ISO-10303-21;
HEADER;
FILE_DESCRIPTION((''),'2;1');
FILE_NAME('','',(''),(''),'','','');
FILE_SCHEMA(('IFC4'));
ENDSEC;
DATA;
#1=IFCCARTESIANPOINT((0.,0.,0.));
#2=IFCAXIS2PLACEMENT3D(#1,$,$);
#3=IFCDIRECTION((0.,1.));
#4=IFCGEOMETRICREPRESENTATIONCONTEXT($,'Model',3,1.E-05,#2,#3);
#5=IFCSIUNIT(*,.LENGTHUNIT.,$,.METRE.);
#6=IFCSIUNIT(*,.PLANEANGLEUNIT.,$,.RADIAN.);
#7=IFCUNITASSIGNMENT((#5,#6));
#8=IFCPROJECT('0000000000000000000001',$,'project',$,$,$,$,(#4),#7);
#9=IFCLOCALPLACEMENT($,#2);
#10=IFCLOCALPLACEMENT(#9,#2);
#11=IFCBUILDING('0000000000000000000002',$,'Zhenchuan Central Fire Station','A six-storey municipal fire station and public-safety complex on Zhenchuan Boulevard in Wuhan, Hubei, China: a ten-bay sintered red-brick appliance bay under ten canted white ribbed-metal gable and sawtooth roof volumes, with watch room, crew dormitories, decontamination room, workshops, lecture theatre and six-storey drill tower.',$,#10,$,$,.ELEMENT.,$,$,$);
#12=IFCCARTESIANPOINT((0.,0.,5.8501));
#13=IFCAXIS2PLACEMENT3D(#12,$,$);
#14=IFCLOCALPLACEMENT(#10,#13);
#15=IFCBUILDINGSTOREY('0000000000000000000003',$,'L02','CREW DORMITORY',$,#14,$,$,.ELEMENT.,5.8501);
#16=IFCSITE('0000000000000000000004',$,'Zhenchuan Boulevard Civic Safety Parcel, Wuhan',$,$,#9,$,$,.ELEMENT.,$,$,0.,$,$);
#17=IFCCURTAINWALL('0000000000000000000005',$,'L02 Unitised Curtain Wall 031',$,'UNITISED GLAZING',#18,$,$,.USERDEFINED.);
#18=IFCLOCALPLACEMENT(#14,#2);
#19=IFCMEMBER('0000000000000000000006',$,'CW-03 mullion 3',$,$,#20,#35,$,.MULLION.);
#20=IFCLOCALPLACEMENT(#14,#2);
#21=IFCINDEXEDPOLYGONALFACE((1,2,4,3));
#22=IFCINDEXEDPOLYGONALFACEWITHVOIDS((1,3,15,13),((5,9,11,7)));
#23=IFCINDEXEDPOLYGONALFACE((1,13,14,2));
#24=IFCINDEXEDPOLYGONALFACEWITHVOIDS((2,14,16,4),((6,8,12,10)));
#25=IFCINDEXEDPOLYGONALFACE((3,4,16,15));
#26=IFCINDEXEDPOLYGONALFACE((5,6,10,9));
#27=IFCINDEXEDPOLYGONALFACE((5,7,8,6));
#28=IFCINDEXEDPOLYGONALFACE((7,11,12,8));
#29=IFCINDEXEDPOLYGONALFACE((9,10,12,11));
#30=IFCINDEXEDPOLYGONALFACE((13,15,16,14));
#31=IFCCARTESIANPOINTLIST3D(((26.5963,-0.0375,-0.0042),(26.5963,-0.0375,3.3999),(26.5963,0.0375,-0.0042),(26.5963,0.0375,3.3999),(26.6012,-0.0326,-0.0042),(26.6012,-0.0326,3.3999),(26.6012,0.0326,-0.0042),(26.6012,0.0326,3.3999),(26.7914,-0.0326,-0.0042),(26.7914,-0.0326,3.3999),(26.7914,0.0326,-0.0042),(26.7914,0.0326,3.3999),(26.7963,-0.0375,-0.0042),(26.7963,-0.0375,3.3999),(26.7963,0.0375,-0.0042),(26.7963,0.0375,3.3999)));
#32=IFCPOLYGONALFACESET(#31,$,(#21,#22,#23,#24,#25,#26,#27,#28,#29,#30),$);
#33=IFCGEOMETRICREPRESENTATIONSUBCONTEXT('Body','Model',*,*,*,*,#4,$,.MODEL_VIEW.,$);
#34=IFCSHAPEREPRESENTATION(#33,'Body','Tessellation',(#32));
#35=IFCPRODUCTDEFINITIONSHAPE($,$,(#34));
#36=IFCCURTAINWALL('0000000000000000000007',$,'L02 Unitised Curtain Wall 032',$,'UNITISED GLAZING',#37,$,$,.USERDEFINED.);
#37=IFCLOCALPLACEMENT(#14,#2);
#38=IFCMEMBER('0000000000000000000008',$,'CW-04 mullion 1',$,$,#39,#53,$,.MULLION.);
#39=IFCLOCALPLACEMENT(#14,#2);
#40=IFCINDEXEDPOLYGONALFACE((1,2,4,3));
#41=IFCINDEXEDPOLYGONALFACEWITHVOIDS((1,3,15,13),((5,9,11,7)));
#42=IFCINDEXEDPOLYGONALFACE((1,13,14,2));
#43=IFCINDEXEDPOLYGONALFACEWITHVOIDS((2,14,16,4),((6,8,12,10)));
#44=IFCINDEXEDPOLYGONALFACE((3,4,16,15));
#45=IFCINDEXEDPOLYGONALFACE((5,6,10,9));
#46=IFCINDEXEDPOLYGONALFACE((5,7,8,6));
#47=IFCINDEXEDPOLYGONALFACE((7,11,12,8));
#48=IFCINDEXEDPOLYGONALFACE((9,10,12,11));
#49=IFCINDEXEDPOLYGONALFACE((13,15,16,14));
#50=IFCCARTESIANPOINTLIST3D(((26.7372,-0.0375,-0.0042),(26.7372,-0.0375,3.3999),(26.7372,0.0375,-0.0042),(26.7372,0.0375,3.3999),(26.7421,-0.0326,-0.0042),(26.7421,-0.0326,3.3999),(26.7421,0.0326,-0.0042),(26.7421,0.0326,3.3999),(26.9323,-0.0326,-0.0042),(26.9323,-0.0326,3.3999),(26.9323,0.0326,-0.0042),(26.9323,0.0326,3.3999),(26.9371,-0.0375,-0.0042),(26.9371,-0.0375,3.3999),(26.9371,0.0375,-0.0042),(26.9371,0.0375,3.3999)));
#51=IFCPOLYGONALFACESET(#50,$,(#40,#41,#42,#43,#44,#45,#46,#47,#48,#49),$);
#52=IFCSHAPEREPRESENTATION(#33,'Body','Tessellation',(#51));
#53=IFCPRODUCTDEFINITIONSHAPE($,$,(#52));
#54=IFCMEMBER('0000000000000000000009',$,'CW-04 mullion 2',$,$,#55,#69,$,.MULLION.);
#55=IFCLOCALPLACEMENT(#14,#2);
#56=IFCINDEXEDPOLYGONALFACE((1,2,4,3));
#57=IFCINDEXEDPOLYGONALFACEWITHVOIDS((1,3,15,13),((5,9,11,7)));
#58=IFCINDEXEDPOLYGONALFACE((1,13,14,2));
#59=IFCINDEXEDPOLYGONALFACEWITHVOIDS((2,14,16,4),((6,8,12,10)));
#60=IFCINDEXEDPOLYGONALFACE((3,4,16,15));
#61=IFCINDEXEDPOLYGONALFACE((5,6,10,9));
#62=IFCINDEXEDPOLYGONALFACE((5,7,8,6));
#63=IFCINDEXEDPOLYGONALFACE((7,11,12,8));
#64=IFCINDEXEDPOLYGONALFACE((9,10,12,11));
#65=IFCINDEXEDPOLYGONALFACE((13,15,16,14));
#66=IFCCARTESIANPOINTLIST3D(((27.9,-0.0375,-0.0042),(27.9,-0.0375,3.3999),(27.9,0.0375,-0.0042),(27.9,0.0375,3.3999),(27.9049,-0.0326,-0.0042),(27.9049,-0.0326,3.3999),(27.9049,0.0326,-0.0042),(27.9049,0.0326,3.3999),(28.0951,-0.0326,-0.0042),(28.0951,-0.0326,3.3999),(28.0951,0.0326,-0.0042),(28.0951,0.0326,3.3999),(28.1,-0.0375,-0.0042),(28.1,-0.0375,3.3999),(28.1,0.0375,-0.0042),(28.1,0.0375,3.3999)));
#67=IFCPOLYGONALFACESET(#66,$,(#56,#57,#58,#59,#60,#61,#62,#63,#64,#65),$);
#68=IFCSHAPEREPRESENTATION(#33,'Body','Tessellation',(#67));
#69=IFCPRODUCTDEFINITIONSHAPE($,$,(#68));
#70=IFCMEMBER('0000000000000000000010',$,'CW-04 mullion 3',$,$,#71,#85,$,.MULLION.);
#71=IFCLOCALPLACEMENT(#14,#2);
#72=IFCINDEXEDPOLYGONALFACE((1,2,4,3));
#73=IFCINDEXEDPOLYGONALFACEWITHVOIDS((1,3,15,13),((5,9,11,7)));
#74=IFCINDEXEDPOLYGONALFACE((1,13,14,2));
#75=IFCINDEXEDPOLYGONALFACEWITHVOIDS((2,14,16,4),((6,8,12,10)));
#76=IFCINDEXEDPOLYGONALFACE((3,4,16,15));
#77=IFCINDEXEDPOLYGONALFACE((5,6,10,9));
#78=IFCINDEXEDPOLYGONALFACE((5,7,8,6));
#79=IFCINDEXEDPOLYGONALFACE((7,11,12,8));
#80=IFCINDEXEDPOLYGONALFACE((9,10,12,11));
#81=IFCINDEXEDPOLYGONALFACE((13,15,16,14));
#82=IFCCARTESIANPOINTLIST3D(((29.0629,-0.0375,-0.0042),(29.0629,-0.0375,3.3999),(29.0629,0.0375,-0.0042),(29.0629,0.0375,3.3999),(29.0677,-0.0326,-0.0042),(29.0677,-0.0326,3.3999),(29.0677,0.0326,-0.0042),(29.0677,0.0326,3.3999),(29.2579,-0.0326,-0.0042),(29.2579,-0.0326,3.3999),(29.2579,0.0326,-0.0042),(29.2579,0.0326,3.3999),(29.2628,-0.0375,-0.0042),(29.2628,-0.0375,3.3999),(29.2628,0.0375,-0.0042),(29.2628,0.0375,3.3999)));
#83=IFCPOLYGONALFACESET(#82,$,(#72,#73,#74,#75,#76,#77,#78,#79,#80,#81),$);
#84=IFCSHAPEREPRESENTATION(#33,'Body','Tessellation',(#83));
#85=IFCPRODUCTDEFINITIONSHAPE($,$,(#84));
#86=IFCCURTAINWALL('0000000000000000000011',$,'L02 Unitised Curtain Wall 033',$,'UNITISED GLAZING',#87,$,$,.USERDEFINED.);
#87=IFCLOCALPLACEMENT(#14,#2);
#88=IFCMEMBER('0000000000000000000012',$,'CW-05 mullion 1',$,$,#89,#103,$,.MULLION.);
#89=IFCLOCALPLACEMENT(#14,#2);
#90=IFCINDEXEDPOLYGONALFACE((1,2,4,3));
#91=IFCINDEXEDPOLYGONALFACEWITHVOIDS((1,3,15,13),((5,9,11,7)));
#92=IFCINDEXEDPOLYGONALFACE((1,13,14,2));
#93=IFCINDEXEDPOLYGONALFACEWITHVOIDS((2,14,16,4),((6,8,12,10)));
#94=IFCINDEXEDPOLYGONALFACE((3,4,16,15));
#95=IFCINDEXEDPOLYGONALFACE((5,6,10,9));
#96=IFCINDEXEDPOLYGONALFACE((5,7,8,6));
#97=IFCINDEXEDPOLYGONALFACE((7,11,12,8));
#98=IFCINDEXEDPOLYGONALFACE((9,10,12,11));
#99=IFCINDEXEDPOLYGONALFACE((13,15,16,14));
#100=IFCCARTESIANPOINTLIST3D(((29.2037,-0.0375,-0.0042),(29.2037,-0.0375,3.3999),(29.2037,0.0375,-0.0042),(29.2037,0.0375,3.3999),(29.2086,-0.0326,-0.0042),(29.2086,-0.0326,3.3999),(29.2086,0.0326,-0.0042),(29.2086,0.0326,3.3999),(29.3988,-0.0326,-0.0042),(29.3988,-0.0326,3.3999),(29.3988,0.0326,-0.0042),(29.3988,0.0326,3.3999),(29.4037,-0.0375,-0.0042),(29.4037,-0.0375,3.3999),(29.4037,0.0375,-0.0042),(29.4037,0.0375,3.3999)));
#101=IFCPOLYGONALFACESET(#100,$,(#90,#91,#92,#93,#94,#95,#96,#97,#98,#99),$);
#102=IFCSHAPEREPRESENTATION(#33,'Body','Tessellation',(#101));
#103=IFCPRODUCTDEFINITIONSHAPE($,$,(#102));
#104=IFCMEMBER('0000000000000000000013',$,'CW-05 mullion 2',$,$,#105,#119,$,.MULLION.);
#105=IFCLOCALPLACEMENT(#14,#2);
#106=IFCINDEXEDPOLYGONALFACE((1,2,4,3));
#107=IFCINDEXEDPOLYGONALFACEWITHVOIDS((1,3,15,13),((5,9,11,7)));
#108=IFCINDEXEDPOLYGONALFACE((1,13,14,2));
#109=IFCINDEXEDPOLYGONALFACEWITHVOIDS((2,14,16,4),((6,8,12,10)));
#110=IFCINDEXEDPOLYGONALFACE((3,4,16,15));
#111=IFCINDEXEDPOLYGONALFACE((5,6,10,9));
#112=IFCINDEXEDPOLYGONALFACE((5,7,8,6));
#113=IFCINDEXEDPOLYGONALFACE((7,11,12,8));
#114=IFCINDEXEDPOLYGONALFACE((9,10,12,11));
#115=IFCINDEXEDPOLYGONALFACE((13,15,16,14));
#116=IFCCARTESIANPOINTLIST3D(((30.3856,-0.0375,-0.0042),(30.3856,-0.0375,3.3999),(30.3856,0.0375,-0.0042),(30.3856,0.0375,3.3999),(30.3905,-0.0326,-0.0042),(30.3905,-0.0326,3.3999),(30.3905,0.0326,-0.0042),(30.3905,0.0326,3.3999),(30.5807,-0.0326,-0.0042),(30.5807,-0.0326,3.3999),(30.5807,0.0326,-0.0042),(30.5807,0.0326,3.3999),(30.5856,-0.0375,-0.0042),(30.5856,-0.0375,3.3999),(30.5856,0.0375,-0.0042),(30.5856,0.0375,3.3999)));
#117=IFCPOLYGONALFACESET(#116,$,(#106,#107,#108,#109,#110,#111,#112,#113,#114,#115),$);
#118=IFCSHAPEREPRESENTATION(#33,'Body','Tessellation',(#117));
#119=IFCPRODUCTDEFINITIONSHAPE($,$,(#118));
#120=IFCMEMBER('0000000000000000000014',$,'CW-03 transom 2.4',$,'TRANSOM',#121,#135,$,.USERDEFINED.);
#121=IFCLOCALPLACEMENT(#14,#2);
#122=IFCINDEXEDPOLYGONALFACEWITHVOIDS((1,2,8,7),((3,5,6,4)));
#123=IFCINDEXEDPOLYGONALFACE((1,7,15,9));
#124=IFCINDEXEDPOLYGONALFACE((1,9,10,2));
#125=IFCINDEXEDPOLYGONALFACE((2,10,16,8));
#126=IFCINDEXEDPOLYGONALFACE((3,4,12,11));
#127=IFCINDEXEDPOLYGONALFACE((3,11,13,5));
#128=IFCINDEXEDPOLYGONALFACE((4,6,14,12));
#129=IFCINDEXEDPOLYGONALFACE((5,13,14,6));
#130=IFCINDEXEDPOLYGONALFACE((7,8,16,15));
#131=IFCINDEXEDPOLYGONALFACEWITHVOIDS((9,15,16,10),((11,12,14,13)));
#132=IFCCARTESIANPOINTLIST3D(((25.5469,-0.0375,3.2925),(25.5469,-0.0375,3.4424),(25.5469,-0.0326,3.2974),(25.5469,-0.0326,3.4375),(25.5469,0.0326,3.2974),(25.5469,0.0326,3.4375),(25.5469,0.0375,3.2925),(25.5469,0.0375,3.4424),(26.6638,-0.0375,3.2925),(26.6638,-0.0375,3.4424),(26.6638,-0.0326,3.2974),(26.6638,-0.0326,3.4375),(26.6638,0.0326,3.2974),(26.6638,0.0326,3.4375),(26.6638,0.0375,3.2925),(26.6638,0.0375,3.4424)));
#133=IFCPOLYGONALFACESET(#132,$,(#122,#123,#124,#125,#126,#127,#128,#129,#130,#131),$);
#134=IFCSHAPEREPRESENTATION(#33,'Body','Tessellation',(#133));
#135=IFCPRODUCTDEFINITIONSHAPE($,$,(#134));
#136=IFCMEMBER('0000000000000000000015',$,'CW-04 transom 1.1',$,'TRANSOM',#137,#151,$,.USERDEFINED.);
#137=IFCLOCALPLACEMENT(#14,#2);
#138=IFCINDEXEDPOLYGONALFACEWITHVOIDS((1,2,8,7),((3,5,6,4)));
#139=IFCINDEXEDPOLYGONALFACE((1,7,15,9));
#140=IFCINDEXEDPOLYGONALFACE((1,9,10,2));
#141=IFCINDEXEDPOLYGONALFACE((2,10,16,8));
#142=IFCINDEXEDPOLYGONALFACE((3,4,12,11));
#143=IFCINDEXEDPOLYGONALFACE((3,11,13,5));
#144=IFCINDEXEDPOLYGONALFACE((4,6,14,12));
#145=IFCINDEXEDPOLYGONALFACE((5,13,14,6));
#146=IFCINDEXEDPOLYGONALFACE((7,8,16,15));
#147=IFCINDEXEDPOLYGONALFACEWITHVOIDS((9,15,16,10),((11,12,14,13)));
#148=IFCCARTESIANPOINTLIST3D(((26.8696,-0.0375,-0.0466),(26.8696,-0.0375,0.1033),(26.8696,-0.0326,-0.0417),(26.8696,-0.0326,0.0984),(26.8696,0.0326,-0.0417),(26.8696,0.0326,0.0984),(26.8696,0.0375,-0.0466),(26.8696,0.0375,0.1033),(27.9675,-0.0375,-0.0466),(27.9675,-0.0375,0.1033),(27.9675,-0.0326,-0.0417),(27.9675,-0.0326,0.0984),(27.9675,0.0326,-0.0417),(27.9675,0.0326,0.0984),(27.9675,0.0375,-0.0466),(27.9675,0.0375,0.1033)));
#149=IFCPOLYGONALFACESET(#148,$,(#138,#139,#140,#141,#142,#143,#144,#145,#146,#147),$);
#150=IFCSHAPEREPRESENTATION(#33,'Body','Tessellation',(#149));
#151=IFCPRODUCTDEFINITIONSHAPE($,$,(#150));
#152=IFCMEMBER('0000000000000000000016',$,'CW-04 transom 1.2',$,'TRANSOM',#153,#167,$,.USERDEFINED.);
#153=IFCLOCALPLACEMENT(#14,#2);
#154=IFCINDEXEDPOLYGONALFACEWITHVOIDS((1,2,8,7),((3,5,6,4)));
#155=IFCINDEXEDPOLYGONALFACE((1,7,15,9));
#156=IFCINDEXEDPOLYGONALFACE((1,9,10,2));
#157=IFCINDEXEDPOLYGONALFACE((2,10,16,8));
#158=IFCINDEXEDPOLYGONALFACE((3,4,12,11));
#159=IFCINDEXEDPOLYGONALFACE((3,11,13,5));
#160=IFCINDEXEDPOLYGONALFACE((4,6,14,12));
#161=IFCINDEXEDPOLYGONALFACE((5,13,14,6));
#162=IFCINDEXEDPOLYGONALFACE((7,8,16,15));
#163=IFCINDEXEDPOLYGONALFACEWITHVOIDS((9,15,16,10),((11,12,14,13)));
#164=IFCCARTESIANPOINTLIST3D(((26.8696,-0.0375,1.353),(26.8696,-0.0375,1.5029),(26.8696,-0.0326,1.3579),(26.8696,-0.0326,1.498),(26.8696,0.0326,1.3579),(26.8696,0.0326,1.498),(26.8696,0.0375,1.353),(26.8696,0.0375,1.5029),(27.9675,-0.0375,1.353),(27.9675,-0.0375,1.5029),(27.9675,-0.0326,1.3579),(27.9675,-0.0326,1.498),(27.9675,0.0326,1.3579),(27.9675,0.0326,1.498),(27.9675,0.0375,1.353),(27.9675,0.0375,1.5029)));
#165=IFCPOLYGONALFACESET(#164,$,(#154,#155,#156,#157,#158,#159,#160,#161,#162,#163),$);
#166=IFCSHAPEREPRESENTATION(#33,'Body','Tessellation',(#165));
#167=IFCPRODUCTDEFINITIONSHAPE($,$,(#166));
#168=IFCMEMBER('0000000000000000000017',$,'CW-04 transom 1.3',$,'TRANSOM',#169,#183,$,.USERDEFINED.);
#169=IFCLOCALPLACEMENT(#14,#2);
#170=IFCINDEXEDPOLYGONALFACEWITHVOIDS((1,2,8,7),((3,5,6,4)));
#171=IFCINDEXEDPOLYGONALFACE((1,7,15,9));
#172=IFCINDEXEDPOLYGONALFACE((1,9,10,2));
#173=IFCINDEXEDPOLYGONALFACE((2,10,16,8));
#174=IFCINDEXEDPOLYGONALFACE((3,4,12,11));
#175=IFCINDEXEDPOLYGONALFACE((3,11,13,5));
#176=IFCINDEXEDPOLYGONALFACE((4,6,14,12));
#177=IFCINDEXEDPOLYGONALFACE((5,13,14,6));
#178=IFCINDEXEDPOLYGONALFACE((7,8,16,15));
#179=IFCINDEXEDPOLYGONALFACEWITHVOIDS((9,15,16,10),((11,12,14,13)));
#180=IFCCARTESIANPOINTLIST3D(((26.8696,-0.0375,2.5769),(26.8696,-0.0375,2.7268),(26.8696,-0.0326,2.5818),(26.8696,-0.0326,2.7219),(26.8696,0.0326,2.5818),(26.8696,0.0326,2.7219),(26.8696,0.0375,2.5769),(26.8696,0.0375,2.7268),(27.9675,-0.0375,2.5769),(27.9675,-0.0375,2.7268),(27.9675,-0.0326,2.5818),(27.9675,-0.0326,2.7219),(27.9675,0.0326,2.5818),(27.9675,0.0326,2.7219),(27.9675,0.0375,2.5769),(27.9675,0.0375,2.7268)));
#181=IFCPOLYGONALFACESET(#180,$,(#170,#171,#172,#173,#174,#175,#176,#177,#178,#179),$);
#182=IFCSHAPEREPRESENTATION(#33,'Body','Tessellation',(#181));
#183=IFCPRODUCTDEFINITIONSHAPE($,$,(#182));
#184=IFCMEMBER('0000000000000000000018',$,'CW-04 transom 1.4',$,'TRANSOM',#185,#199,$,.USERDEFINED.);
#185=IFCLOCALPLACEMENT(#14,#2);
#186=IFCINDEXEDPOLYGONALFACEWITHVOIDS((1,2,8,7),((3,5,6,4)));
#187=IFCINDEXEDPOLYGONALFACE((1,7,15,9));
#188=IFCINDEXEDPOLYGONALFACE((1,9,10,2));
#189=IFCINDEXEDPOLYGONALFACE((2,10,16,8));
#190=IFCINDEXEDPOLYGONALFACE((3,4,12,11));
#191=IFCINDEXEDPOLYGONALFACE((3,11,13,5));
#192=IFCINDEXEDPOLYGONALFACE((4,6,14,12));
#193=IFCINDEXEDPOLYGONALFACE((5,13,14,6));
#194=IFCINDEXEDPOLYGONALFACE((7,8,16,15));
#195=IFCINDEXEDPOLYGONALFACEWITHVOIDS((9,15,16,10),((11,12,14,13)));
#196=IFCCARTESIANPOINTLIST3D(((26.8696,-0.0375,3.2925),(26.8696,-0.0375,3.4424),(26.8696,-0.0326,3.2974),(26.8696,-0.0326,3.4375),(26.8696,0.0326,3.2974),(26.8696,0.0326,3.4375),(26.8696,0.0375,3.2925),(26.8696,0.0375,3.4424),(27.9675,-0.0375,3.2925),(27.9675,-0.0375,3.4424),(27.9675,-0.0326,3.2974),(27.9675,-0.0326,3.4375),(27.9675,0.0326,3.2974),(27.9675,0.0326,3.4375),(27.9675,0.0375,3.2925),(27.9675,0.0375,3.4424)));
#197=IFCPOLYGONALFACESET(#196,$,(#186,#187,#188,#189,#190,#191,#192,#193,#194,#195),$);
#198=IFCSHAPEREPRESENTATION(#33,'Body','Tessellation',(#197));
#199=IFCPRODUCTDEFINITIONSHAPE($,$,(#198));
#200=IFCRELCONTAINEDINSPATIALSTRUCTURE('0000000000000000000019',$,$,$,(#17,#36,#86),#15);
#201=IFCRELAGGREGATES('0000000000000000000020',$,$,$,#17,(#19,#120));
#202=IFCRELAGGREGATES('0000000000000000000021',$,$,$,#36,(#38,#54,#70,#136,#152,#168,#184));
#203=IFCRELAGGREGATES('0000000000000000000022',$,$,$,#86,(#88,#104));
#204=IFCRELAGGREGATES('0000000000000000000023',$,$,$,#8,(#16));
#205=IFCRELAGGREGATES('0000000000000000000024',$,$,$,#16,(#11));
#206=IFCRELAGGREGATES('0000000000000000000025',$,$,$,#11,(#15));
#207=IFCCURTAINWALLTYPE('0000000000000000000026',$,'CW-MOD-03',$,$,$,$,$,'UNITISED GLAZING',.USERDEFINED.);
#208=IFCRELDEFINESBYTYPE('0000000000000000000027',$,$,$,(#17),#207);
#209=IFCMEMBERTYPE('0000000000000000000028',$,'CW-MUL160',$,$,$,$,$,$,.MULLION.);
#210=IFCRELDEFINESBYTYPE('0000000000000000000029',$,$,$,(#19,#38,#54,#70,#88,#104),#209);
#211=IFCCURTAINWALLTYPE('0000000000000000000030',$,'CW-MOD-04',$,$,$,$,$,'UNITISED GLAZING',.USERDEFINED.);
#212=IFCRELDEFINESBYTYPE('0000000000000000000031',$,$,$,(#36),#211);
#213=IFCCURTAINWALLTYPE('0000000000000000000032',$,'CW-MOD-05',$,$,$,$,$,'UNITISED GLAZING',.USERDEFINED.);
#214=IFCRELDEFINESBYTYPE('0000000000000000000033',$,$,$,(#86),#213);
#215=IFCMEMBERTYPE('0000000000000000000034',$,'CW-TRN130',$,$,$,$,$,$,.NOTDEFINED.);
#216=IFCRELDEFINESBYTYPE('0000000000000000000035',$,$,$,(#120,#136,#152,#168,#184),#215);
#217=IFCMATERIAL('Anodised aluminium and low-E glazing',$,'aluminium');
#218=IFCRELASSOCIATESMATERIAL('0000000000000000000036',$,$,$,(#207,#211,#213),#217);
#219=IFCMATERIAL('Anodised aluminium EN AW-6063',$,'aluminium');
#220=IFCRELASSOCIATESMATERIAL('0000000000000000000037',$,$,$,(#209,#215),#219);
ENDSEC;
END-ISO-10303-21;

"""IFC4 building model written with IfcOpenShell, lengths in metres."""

from ifc_helpers import new_model, si_unit, direction, frame, origin, origin_2d, place, context, subcontext, project, spatial, hollow_rectangle, extrude, material, material_profile, profile_set, type_object, element, aggregate, save


model = new_model("IFC4")

# Units and contexts
model_context = context("Model", 3, precision=1e-05, world=origin(), true_north=direction((0.0, 1.0)))
body_context = subcontext(model_context, "Body", "Model", "MODEL_VIEW")
ifc_project = project(units=[si_unit("LENGTHUNIT", "METRE"), si_unit("PLANEANGLEUNIT", "RADIAN")], contexts=[model_context])

# Site, building, storey
site_placement = place(None, origin())
site = spatial("IfcSite", under=ifc_project, at=site_placement, Name="Zhenchuan Boulevard Civic Safety Parcel, Wuhan", CompositionType="ELEMENT", RefElevation=0.0)
building_placement = place(site_placement, origin())
building = spatial("IfcBuilding", under=site, at=building_placement, Name="Zhenchuan Central Fire Station", Description="A six-storey municipal fire station and public-safety complex on Zhenchuan Boulevard in Wuhan, Hubei, China: a ten-bay sintered red-brick appliance bay under ten canted white ribbed-metal gable and sawtooth roof volumes, with watch room, crew dormitories, decontamination room, workshops, lecture theatre and six-storey drill tower.", CompositionType="ELEMENT")
storey_placement = place(building_placement, frame((0.0, 0.0, 5.8501)))
storey = spatial("IfcBuildingStorey", under=building, at=storey_placement, Name="L02", Description="CREW DORMITORY", CompositionType="ELEMENT", Elevation=5.8501)

# Curtain wall, member
ifc_material_1 = material(Name="Anodised aluminium and low-E glazing", Category="aluminium")
curtain_wall_type_1 = type_object("IfcCurtainWallType", Name="CW-MOD-03", ElementType="UNITISED GLAZING", PredefinedType="USERDEFINED", material=ifc_material_1)
curtain_wall_1_placement = place(storey_placement, origin())
curtain_wall_1 = element("IfcCurtainWall", 1, at=curtain_wall_1_placement, inside=storey, type_object=curtain_wall_type_1, Name="L02 Unitised Curtain Wall 031", ObjectType="UNITISED GLAZING", PredefinedType="USERDEFINED")
ifc_material_2 = material(Name="Anodised aluminium EN AW-6063", Category="aluminium")
ifc_material_profile_1 = material_profile(ifc_material_2, hollow_rectangle(XDim=0.075, YDim=0.2, WallThickness=0.0049, at=origin_2d()), Name="ALU-M 200x75")
ifc_profile_set_1 = profile_set([ifc_material_profile_1], Name="Anodised aluminium EN AW-6063")
member_type_1 = type_object("IfcMemberType", Name="CW-MUL160", PredefinedType="MULLION", material=ifc_profile_set_1)
member_1_placement = place(storey_placement, frame((26.6963, 0.0, -0.0042), z_axis=(0.0, 0.0, 1.0), x_axis=(0.0, 1.0, 0.0)))
member_1 = element("IfcMember", 2, at=member_1_placement, type_object=member_type_1, Name="CW-03 mullion 3", PredefinedType="MULLION", context=body_context, shape_type="SweptSolid", body=[
    extrude(hollow_rectangle(XDim=0.075, YDim=0.2, WallThickness=0.0049, at=origin_2d()), origin(), (0.0, 0.0, 1.0), 3.4041),
])

# Curtain walls, members
curtain_wall_type_2 = type_object("IfcCurtainWallType", Name="CW-MOD-04", ElementType="UNITISED GLAZING", PredefinedType="USERDEFINED", material=ifc_material_1)
curtain_wall_2_placement = place(storey_placement, origin())
curtain_wall_2 = element("IfcCurtainWall", 3, at=curtain_wall_2_placement, inside=storey, type_object=curtain_wall_type_2, Name="L02 Unitised Curtain Wall 032", ObjectType="UNITISED GLAZING", PredefinedType="USERDEFINED")
member_2_placement = place(storey_placement, frame((26.8372, 0.0, -0.0042), z_axis=(0.0, 0.0, 1.0), x_axis=(0.0, 1.0, 0.0)))
member_2 = element("IfcMember", 4, at=member_2_placement, type_object=member_type_1, Name="CW-04 mullion 1", PredefinedType="MULLION", context=body_context, shape_type="SweptSolid", body=[
    extrude(hollow_rectangle(XDim=0.075, YDim=0.2, WallThickness=0.0049, at=origin_2d()), origin(), (0.0, 0.0, 1.0), 3.4041),
])
member_3_placement = place(storey_placement, frame((28.0, 0.0, -0.0042), z_axis=(0.0, 0.0, 1.0), x_axis=(0.0, 1.0, 0.0)))
member_3 = element("IfcMember", 5, at=member_3_placement, type_object=member_type_1, Name="CW-04 mullion 2", PredefinedType="MULLION", context=body_context, shape_type="SweptSolid", body=[
    extrude(hollow_rectangle(XDim=0.075, YDim=0.2, WallThickness=0.0049, at=origin_2d()), origin(), (0.0, 0.0, 1.0), 3.4041),
])
member_4_placement = place(storey_placement, frame((29.1628, 0.0, -0.0042), z_axis=(0.0, 0.0, 1.0), x_axis=(0.0, 1.0, 0.0)))
member_4 = element("IfcMember", 6, at=member_4_placement, type_object=member_type_1, Name="CW-04 mullion 3", PredefinedType="MULLION", context=body_context, shape_type="SweptSolid", body=[
    extrude(hollow_rectangle(XDim=0.075, YDim=0.2, WallThickness=0.0049, at=origin_2d()), origin(), (0.0, 0.0, 1.0), 3.4041),
])
curtain_wall_type_3 = type_object("IfcCurtainWallType", Name="CW-MOD-05", ElementType="UNITISED GLAZING", PredefinedType="USERDEFINED", material=ifc_material_1)
curtain_wall_3_placement = place(storey_placement, origin())
curtain_wall_3 = element("IfcCurtainWall", 7, at=curtain_wall_3_placement, inside=storey, type_object=curtain_wall_type_3, Name="L02 Unitised Curtain Wall 033", ObjectType="UNITISED GLAZING", PredefinedType="USERDEFINED")
member_5_placement = place(storey_placement, frame((29.3037, 0.0, -0.0042), z_axis=(0.0, 0.0, 1.0), x_axis=(0.0, 1.0, 0.0)))
member_5 = element("IfcMember", 8, at=member_5_placement, type_object=member_type_1, Name="CW-05 mullion 1", PredefinedType="MULLION", context=body_context, shape_type="SweptSolid", body=[
    extrude(hollow_rectangle(XDim=0.075, YDim=0.2, WallThickness=0.0049, at=origin_2d()), origin(), (0.0, 0.0, 1.0), 3.4041),
])
member_6_placement = place(storey_placement, frame((30.4856, 0.0, -0.0042), z_axis=(0.0, 0.0, 1.0), x_axis=(0.0, 1.0, 0.0)))
member_6 = element("IfcMember", 9, at=member_6_placement, type_object=member_type_1, Name="CW-05 mullion 2", PredefinedType="MULLION", context=body_context, shape_type="SweptSolid", body=[
    extrude(hollow_rectangle(XDim=0.075, YDim=0.2, WallThickness=0.0049, at=origin_2d()), origin(), (0.0, 0.0, 1.0), 3.4041),
])

# Members
ifc_material_profile_2 = material_profile(ifc_material_2, hollow_rectangle(XDim=0.075, YDim=0.1499, WallThickness=0.0049, at=origin_2d()), Name="ALU-T 150x75")
ifc_profile_set_2 = profile_set([ifc_material_profile_2], Name="Anodised aluminium EN AW-6063")
member_type_2 = type_object("IfcMemberType", Name="CW-TRN130", PredefinedType="NOTDEFINED", material=ifc_profile_set_2)
member_7_placement = place(storey_placement, frame((25.5469, 0.0, 3.3674), z_axis=(1.0, 0.0, 0.0), x_axis=(0.0, 1.0, 0.0)))
member_7 = element("IfcMember", 10, at=member_7_placement, type_object=member_type_2, Name="CW-03 transom 2.4", ObjectType="TRANSOM", PredefinedType="USERDEFINED", context=body_context, shape_type="SweptSolid", body=[
    extrude(hollow_rectangle(XDim=0.075, YDim=0.1499, WallThickness=0.0049, at=origin_2d()), origin(), (0.0, 0.0, 1.0), 1.1169),
])
member_8_placement = place(storey_placement, frame((26.8696, 0.0, 0.0283), z_axis=(1.0, 0.0, 0.0), x_axis=(0.0, 1.0, 0.0)))
member_8 = element("IfcMember", 11, at=member_8_placement, type_object=member_type_2, Name="CW-04 transom 1.1", ObjectType="TRANSOM", PredefinedType="USERDEFINED", context=body_context, shape_type="SweptSolid", body=[
    extrude(hollow_rectangle(XDim=0.075, YDim=0.1499, WallThickness=0.0049, at=origin_2d()), origin(), (0.0, 0.0, 1.0), 1.0979),
])
member_9_placement = place(storey_placement, frame((26.8696, 0.0, 1.428), z_axis=(1.0, 0.0, 0.0), x_axis=(0.0, 1.0, 0.0)))
member_9 = element("IfcMember", 12, at=member_9_placement, type_object=member_type_2, Name="CW-04 transom 1.2", ObjectType="TRANSOM", PredefinedType="USERDEFINED", context=body_context, shape_type="SweptSolid", body=[
    extrude(hollow_rectangle(XDim=0.075, YDim=0.1499, WallThickness=0.0049, at=origin_2d()), origin(), (0.0, 0.0, 1.0), 1.0979),
])
member_10_placement = place(storey_placement, frame((26.8696, 0.0, 2.6519), z_axis=(1.0, 0.0, 0.0), x_axis=(0.0, 1.0, 0.0)))
member_10 = element("IfcMember", 13, at=member_10_placement, type_object=member_type_2, Name="CW-04 transom 1.3", ObjectType="TRANSOM", PredefinedType="USERDEFINED", context=body_context, shape_type="SweptSolid", body=[
    extrude(hollow_rectangle(XDim=0.075, YDim=0.1499, WallThickness=0.0049, at=origin_2d()), origin(), (0.0, 0.0, 1.0), 1.0979),
])
member_11_placement = place(storey_placement, frame((26.8696, 0.0, 3.3674), z_axis=(1.0, 0.0, 0.0), x_axis=(0.0, 1.0, 0.0)))
member_11 = element("IfcMember", 14, at=member_11_placement, type_object=member_type_2, Name="CW-04 transom 1.4", ObjectType="TRANSOM", PredefinedType="USERDEFINED", context=body_context, shape_type="SweptSolid", body=[
    extrude(hollow_rectangle(XDim=0.075, YDim=0.1499, WallThickness=0.0049, at=origin_2d()), origin(), (0.0, 0.0, 1.0), 1.0979),
])

aggregate(curtain_wall_1, [member_1, member_7])
aggregate(curtain_wall_2, [member_2, member_3, member_4, member_8, member_9, member_10, member_11])
aggregate(curtain_wall_3, [member_5, member_6])

save(model, "model.ifc")
